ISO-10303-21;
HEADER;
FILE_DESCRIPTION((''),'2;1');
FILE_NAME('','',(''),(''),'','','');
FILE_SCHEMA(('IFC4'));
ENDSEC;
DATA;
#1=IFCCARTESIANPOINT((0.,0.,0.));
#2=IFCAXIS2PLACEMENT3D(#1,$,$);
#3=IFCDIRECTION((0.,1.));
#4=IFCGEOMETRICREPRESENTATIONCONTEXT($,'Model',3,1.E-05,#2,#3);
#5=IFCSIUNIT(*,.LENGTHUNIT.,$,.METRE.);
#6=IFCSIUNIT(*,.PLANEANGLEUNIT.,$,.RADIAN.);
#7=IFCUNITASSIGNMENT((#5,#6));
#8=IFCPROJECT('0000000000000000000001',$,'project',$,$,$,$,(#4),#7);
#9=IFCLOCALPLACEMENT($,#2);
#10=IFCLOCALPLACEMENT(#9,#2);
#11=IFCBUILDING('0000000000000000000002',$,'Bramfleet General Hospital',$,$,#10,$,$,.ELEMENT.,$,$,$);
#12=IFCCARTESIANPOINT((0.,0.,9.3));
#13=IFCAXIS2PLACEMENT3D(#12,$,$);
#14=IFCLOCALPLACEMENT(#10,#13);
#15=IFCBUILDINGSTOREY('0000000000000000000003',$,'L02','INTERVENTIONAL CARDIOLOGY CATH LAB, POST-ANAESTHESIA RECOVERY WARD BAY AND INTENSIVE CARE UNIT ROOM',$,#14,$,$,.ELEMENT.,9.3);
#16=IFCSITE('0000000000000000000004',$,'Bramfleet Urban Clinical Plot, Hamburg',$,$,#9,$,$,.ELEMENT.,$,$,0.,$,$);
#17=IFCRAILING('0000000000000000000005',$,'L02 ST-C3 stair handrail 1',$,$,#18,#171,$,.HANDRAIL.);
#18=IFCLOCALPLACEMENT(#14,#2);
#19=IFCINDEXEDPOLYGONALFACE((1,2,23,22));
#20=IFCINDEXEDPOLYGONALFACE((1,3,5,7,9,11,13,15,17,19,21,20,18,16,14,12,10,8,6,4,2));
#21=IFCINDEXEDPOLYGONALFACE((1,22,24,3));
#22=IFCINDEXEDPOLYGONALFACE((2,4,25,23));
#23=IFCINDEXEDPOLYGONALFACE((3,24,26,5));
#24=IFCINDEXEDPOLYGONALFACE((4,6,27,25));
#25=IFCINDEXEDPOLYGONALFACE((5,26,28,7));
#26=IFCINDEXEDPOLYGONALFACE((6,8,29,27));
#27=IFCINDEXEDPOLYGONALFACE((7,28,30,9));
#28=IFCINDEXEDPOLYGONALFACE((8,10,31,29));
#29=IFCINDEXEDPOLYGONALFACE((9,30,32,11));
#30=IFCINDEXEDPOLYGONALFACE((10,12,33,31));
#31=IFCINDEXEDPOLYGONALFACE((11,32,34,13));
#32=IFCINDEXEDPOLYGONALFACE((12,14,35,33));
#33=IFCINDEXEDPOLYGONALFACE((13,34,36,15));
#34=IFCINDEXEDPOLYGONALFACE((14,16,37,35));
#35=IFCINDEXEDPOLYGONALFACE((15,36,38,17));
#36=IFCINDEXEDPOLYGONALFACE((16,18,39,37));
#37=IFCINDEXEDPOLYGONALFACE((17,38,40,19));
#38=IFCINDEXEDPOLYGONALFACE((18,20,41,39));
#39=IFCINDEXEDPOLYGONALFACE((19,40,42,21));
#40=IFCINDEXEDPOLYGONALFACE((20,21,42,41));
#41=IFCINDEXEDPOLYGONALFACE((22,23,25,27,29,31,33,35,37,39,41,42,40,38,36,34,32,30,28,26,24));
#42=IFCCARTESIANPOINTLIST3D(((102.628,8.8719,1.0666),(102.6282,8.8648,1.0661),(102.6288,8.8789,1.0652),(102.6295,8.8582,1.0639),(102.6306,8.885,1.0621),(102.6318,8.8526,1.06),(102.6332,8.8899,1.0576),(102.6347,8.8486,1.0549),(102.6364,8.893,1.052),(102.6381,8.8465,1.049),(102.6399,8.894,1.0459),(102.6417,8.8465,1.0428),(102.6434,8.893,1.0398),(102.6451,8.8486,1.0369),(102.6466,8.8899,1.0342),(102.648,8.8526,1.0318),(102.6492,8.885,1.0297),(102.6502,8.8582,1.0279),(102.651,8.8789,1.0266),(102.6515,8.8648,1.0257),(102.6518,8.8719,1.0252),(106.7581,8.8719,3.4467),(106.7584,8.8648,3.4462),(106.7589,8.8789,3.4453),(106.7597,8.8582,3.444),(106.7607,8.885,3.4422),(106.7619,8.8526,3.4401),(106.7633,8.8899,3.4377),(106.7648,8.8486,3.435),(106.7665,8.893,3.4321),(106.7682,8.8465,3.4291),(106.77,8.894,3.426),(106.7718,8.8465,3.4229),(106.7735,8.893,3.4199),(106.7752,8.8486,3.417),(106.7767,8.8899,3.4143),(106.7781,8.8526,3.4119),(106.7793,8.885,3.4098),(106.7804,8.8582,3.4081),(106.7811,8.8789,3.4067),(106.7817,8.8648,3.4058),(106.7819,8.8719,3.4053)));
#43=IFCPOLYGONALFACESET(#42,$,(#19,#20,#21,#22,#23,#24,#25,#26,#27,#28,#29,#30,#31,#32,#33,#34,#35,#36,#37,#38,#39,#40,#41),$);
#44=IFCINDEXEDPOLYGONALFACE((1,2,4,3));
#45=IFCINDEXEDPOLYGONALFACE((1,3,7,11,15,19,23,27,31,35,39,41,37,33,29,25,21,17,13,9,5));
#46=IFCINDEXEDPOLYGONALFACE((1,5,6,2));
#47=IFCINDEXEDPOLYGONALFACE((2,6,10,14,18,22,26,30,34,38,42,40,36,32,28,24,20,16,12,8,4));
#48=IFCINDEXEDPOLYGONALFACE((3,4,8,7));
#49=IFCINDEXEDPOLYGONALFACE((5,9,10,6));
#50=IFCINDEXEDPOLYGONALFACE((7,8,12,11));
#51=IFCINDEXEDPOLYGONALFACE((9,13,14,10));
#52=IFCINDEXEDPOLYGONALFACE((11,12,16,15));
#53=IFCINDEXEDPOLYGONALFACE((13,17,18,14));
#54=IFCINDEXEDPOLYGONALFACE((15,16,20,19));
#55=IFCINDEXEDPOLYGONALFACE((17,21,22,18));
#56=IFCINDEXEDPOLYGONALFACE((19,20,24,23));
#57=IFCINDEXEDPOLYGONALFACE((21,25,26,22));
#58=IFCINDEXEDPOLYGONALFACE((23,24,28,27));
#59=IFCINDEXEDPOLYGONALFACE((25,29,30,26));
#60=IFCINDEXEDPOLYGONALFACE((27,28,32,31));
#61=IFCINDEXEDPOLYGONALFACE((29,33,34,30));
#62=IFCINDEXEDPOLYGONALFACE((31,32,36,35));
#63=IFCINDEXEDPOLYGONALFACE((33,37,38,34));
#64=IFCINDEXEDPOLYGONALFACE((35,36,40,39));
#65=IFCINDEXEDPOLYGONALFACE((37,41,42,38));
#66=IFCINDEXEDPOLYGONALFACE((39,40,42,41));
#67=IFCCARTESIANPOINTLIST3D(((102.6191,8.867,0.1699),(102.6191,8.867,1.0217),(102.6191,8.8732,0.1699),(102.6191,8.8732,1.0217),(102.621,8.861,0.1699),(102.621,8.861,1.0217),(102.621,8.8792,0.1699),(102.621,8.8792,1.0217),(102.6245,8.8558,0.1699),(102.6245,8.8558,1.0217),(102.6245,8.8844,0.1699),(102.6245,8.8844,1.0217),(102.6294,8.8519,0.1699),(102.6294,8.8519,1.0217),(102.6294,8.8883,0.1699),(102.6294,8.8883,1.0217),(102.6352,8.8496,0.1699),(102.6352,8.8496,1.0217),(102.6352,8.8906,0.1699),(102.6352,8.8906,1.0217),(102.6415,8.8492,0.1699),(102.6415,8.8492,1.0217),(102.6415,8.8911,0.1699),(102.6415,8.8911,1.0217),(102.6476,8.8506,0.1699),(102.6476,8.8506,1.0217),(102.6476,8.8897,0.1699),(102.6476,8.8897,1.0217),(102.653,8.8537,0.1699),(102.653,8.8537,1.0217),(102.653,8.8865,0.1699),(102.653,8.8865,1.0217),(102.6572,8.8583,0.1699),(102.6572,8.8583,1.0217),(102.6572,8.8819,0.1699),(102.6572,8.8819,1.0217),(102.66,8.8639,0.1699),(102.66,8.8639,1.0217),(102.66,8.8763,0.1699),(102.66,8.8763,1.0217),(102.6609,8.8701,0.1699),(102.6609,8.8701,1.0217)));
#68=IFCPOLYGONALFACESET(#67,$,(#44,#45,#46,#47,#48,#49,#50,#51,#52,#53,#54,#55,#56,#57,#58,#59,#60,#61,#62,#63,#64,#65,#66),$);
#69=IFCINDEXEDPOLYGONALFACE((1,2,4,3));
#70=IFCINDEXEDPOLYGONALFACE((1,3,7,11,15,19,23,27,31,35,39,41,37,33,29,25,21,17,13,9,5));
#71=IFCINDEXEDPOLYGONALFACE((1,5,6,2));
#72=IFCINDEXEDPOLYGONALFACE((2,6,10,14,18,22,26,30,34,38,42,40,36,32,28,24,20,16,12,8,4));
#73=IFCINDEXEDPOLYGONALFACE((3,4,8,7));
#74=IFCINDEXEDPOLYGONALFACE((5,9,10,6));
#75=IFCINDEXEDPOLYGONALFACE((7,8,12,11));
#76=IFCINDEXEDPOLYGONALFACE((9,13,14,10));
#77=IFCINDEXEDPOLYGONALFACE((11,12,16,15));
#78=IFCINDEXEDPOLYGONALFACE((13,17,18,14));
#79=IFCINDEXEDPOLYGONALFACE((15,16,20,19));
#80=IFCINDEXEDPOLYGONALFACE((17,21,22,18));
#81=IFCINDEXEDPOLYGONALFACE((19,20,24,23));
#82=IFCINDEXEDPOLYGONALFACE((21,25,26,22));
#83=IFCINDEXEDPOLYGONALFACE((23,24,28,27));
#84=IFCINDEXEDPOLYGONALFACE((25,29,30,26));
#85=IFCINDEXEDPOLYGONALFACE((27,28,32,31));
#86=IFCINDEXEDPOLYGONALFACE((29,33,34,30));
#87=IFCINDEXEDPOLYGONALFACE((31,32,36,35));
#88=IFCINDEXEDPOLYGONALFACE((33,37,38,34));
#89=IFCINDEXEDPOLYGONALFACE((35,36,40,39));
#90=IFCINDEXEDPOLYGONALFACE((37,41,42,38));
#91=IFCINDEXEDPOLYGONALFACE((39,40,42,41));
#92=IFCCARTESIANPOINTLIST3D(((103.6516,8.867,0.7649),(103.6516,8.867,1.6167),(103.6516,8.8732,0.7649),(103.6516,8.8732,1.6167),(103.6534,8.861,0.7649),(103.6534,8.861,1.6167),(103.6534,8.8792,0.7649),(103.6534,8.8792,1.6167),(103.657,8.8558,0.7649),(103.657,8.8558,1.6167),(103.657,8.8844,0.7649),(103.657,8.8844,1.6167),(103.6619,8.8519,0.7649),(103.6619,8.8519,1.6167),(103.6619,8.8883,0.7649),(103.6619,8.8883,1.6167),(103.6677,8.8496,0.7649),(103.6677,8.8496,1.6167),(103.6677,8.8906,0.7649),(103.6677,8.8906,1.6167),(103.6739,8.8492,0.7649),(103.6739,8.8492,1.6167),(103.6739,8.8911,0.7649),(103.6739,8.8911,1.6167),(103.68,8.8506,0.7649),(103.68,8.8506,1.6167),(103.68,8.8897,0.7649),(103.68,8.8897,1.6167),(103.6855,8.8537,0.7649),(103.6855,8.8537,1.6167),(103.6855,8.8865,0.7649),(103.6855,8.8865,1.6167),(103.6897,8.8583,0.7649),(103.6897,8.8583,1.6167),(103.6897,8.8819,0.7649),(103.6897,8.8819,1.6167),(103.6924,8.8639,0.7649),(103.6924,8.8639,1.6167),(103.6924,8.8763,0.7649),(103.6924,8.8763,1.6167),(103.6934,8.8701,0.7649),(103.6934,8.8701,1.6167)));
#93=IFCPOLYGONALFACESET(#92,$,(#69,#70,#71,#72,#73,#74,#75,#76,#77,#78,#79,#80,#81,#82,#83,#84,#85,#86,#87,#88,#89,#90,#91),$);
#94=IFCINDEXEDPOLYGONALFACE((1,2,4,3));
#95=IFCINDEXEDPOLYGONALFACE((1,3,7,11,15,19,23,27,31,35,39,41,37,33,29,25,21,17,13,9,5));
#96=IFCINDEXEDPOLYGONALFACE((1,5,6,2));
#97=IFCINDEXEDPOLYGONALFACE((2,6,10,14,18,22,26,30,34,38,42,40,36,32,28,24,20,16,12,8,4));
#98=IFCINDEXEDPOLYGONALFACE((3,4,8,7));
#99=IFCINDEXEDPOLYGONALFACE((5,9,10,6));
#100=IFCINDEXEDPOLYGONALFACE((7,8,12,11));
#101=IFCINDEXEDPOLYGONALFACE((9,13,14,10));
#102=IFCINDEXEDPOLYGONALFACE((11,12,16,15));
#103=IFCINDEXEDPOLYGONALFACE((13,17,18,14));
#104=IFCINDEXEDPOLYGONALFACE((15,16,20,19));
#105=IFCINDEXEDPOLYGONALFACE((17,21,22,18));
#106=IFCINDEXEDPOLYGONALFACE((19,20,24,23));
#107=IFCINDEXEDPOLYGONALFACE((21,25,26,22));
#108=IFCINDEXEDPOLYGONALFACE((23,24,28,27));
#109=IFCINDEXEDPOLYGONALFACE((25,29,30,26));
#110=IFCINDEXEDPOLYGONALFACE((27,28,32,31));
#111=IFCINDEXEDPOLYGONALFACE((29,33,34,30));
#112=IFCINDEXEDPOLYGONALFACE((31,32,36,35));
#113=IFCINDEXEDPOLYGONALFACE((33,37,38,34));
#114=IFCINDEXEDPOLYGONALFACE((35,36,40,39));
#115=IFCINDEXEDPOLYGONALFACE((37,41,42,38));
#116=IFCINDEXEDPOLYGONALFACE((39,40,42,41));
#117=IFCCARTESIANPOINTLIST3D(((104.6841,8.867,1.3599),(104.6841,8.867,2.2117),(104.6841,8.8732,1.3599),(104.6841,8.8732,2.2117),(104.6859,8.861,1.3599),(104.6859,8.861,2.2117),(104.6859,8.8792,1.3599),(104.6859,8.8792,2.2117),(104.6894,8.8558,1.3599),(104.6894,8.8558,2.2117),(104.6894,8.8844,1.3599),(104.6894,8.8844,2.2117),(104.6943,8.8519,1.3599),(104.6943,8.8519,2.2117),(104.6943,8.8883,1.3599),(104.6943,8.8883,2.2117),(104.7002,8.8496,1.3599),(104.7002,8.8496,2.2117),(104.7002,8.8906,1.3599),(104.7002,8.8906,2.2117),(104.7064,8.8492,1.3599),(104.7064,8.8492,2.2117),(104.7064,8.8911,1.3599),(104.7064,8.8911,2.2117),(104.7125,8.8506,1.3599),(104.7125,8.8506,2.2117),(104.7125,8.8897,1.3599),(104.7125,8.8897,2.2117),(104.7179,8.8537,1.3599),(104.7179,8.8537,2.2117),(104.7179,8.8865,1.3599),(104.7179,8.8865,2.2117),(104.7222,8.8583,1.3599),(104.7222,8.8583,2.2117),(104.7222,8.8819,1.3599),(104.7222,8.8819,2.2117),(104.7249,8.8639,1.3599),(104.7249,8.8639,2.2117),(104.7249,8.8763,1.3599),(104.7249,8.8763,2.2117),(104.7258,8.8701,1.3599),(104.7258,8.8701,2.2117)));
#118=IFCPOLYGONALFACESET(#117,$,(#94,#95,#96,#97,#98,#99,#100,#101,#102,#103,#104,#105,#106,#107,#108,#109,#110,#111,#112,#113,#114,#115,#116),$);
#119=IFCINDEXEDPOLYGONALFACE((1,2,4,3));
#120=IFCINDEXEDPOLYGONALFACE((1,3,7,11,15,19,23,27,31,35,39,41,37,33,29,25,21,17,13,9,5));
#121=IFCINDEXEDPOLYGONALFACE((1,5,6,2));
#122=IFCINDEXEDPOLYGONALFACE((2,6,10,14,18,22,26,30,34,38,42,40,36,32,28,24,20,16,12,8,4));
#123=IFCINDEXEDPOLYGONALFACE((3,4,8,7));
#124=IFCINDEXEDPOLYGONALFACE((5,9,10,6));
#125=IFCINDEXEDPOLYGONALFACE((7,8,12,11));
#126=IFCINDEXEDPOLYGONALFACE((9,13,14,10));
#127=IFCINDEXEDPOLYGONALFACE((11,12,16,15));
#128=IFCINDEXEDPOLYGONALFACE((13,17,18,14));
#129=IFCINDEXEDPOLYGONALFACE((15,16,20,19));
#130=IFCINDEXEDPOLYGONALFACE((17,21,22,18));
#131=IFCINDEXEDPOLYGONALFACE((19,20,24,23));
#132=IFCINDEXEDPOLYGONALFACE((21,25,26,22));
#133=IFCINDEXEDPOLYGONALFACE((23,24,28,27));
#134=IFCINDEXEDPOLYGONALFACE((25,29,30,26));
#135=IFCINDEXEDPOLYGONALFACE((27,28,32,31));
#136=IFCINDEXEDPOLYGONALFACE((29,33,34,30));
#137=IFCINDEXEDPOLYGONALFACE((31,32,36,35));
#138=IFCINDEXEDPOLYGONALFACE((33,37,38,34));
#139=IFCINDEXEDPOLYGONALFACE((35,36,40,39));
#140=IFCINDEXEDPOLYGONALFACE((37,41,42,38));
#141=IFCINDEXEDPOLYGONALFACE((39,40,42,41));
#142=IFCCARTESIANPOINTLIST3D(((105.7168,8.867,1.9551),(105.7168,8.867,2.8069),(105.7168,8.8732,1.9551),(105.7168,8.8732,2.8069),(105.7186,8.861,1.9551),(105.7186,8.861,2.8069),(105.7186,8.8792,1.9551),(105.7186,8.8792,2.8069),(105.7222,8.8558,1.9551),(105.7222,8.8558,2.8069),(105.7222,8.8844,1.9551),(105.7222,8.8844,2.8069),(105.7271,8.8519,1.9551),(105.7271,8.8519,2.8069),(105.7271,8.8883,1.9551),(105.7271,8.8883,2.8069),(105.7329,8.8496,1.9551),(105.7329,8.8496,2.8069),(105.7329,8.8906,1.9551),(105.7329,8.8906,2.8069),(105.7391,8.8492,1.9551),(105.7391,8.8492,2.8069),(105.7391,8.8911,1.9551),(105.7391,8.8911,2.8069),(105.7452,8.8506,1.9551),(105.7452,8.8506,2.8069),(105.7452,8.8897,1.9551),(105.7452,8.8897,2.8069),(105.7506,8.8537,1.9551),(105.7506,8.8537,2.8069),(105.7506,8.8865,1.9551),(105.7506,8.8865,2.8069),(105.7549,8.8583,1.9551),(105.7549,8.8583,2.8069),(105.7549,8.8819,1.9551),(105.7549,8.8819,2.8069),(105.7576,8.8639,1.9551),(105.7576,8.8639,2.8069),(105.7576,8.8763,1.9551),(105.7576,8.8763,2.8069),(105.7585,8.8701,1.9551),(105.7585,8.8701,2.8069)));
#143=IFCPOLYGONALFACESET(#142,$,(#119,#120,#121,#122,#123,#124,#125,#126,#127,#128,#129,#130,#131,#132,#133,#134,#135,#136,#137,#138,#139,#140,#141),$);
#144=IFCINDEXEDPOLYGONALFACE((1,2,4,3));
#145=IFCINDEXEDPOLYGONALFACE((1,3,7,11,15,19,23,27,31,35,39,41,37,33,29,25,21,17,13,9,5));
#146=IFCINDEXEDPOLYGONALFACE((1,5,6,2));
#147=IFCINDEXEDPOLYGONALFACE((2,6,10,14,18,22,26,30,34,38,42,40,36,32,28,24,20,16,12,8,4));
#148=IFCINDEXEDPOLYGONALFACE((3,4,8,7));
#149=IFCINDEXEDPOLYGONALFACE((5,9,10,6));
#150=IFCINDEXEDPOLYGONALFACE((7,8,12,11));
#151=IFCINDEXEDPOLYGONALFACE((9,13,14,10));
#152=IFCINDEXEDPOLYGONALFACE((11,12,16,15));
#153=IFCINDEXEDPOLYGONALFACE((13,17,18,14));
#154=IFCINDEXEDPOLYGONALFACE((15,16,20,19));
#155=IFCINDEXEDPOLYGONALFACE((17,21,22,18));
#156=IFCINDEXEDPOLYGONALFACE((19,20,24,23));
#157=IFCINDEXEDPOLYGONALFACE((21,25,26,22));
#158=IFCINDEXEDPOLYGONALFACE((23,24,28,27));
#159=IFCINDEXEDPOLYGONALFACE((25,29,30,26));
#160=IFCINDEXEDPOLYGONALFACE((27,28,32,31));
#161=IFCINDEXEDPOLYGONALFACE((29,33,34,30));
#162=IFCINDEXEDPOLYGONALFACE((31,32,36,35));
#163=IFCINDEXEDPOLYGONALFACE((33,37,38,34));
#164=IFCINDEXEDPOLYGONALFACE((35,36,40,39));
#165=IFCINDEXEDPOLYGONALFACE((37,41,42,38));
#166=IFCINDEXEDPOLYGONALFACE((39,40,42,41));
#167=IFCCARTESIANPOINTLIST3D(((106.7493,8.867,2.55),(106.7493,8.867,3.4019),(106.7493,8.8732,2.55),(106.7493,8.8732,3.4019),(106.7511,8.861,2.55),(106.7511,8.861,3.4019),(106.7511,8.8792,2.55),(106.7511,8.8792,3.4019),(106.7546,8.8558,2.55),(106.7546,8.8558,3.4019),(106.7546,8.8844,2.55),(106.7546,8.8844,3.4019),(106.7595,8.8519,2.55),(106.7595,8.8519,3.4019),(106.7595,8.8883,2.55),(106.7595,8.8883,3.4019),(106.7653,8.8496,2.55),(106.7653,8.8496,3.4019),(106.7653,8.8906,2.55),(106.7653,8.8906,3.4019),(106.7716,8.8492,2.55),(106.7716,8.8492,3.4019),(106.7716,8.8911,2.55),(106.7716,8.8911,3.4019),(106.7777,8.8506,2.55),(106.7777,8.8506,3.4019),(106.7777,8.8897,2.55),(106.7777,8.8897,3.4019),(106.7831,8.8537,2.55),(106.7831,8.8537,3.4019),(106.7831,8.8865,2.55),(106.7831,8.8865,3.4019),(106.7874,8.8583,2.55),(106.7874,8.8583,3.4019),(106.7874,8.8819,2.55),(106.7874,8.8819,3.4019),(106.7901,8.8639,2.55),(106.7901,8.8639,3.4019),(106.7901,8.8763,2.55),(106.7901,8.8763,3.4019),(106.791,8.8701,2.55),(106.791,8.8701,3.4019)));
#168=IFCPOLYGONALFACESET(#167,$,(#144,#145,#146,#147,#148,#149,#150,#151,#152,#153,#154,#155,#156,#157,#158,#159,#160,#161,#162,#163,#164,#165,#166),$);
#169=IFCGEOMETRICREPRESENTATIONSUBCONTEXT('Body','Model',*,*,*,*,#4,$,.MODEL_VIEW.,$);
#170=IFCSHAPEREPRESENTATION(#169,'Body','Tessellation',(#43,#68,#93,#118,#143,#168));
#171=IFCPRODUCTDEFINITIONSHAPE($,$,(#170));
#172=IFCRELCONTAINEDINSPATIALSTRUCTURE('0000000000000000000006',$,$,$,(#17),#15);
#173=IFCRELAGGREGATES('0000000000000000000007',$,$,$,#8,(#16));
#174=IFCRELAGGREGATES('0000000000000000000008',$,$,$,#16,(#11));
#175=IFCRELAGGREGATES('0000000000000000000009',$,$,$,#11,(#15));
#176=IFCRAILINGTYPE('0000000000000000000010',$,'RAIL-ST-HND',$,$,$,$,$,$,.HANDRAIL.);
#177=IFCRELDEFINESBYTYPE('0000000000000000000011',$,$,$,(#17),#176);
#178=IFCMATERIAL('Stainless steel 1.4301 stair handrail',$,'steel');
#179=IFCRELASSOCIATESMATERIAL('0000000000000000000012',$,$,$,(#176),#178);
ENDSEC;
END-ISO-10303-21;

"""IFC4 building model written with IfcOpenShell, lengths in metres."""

from ifc_helpers import new_model, si_unit, direction, frame, origin, origin_2d, place, context, subcontext, project, spatial, circle, extrude, material, type_object, element, save


model = new_model("IFC4")

# Units and contexts
model_context = context("Model", 3, precision=1e-05, world=origin(), true_north=direction((0.0, 1.0)))
body_context = subcontext(model_context, "Body", "Model", "MODEL_VIEW")
ifc_project = project(units=[si_unit("LENGTHUNIT", "METRE"), si_unit("PLANEANGLEUNIT", "RADIAN")], contexts=[model_context])

# Site, building, storey
site_placement = place(None, origin())
site = spatial("IfcSite", under=ifc_project, at=site_placement, Name="Bramfleet Urban Clinical Plot, Hamburg", CompositionType="ELEMENT", RefElevation=0.0)
building_placement = place(site_placement, origin())
building = spatial("IfcBuilding", under=site, at=building_placement, Name="Bramfleet General Hospital", CompositionType="ELEMENT")
storey_placement = place(building_placement, frame((0.0, 0.0, 9.3)))
storey = spatial("IfcBuildingStorey", under=building, at=storey_placement, Name="L02", Description="INTERVENTIONAL CARDIOLOGY CATH LAB, POST-ANAESTHESIA RECOVERY WARD BAY AND INTENSIVE CARE UNIT ROOM", CompositionType="ELEMENT", Elevation=9.3)

# Railing
ifc_material_1 = material(Name="Stainless steel 1.4301 stair handrail", Category="steel")
railing_type_1 = type_object("IfcRailingType", Name="RAIL-ST-HND", PredefinedType="HANDRAIL", material=ifc_material_1)
railing_1_placement = place(storey_placement, frame((102.6399, 8.8701, 0.1699)))
element("IfcRailing", 1, at=railing_1_placement, inside=storey, type_object=railing_type_1, Name="L02 ST-C3 stair handrail 1", PredefinedType="HANDRAIL", context=body_context, shape_type="SweptSolid", body=[
    extrude(circle(Radius=0.0239, at=origin_2d()), frame((0.0, 0.0, 0.876), z_axis=(0.866425, 0.0, 0.499307), x_axis=(0.0, 1.0, 0.0)), (0.0, 0.0, 1.0), 4.7668),
    extrude(circle(Radius=0.021, at=origin_2d()), origin(), (0.0, 0.0, 1.0), 0.8518),
    extrude(circle(Radius=0.021, at=origin_2d()), frame((1.0325, 0.0, 0.595)), (0.0, 0.0, 1.0), 0.8518),
    extrude(circle(Radius=0.021, at=origin_2d()), frame((2.0649, 0.0, 1.1899)), (0.0, 0.0, 1.0), 0.8518),
    extrude(circle(Radius=0.021, at=origin_2d()), frame((3.0977, 0.0, 1.7852)), (0.0, 0.0, 1.0), 0.8518),
    extrude(circle(Radius=0.021, at=origin_2d()), frame((4.1301, 0.0, 2.3801)), (0.0, 0.0, 1.0), 0.8518),
])

save(model, "model.ifc")
